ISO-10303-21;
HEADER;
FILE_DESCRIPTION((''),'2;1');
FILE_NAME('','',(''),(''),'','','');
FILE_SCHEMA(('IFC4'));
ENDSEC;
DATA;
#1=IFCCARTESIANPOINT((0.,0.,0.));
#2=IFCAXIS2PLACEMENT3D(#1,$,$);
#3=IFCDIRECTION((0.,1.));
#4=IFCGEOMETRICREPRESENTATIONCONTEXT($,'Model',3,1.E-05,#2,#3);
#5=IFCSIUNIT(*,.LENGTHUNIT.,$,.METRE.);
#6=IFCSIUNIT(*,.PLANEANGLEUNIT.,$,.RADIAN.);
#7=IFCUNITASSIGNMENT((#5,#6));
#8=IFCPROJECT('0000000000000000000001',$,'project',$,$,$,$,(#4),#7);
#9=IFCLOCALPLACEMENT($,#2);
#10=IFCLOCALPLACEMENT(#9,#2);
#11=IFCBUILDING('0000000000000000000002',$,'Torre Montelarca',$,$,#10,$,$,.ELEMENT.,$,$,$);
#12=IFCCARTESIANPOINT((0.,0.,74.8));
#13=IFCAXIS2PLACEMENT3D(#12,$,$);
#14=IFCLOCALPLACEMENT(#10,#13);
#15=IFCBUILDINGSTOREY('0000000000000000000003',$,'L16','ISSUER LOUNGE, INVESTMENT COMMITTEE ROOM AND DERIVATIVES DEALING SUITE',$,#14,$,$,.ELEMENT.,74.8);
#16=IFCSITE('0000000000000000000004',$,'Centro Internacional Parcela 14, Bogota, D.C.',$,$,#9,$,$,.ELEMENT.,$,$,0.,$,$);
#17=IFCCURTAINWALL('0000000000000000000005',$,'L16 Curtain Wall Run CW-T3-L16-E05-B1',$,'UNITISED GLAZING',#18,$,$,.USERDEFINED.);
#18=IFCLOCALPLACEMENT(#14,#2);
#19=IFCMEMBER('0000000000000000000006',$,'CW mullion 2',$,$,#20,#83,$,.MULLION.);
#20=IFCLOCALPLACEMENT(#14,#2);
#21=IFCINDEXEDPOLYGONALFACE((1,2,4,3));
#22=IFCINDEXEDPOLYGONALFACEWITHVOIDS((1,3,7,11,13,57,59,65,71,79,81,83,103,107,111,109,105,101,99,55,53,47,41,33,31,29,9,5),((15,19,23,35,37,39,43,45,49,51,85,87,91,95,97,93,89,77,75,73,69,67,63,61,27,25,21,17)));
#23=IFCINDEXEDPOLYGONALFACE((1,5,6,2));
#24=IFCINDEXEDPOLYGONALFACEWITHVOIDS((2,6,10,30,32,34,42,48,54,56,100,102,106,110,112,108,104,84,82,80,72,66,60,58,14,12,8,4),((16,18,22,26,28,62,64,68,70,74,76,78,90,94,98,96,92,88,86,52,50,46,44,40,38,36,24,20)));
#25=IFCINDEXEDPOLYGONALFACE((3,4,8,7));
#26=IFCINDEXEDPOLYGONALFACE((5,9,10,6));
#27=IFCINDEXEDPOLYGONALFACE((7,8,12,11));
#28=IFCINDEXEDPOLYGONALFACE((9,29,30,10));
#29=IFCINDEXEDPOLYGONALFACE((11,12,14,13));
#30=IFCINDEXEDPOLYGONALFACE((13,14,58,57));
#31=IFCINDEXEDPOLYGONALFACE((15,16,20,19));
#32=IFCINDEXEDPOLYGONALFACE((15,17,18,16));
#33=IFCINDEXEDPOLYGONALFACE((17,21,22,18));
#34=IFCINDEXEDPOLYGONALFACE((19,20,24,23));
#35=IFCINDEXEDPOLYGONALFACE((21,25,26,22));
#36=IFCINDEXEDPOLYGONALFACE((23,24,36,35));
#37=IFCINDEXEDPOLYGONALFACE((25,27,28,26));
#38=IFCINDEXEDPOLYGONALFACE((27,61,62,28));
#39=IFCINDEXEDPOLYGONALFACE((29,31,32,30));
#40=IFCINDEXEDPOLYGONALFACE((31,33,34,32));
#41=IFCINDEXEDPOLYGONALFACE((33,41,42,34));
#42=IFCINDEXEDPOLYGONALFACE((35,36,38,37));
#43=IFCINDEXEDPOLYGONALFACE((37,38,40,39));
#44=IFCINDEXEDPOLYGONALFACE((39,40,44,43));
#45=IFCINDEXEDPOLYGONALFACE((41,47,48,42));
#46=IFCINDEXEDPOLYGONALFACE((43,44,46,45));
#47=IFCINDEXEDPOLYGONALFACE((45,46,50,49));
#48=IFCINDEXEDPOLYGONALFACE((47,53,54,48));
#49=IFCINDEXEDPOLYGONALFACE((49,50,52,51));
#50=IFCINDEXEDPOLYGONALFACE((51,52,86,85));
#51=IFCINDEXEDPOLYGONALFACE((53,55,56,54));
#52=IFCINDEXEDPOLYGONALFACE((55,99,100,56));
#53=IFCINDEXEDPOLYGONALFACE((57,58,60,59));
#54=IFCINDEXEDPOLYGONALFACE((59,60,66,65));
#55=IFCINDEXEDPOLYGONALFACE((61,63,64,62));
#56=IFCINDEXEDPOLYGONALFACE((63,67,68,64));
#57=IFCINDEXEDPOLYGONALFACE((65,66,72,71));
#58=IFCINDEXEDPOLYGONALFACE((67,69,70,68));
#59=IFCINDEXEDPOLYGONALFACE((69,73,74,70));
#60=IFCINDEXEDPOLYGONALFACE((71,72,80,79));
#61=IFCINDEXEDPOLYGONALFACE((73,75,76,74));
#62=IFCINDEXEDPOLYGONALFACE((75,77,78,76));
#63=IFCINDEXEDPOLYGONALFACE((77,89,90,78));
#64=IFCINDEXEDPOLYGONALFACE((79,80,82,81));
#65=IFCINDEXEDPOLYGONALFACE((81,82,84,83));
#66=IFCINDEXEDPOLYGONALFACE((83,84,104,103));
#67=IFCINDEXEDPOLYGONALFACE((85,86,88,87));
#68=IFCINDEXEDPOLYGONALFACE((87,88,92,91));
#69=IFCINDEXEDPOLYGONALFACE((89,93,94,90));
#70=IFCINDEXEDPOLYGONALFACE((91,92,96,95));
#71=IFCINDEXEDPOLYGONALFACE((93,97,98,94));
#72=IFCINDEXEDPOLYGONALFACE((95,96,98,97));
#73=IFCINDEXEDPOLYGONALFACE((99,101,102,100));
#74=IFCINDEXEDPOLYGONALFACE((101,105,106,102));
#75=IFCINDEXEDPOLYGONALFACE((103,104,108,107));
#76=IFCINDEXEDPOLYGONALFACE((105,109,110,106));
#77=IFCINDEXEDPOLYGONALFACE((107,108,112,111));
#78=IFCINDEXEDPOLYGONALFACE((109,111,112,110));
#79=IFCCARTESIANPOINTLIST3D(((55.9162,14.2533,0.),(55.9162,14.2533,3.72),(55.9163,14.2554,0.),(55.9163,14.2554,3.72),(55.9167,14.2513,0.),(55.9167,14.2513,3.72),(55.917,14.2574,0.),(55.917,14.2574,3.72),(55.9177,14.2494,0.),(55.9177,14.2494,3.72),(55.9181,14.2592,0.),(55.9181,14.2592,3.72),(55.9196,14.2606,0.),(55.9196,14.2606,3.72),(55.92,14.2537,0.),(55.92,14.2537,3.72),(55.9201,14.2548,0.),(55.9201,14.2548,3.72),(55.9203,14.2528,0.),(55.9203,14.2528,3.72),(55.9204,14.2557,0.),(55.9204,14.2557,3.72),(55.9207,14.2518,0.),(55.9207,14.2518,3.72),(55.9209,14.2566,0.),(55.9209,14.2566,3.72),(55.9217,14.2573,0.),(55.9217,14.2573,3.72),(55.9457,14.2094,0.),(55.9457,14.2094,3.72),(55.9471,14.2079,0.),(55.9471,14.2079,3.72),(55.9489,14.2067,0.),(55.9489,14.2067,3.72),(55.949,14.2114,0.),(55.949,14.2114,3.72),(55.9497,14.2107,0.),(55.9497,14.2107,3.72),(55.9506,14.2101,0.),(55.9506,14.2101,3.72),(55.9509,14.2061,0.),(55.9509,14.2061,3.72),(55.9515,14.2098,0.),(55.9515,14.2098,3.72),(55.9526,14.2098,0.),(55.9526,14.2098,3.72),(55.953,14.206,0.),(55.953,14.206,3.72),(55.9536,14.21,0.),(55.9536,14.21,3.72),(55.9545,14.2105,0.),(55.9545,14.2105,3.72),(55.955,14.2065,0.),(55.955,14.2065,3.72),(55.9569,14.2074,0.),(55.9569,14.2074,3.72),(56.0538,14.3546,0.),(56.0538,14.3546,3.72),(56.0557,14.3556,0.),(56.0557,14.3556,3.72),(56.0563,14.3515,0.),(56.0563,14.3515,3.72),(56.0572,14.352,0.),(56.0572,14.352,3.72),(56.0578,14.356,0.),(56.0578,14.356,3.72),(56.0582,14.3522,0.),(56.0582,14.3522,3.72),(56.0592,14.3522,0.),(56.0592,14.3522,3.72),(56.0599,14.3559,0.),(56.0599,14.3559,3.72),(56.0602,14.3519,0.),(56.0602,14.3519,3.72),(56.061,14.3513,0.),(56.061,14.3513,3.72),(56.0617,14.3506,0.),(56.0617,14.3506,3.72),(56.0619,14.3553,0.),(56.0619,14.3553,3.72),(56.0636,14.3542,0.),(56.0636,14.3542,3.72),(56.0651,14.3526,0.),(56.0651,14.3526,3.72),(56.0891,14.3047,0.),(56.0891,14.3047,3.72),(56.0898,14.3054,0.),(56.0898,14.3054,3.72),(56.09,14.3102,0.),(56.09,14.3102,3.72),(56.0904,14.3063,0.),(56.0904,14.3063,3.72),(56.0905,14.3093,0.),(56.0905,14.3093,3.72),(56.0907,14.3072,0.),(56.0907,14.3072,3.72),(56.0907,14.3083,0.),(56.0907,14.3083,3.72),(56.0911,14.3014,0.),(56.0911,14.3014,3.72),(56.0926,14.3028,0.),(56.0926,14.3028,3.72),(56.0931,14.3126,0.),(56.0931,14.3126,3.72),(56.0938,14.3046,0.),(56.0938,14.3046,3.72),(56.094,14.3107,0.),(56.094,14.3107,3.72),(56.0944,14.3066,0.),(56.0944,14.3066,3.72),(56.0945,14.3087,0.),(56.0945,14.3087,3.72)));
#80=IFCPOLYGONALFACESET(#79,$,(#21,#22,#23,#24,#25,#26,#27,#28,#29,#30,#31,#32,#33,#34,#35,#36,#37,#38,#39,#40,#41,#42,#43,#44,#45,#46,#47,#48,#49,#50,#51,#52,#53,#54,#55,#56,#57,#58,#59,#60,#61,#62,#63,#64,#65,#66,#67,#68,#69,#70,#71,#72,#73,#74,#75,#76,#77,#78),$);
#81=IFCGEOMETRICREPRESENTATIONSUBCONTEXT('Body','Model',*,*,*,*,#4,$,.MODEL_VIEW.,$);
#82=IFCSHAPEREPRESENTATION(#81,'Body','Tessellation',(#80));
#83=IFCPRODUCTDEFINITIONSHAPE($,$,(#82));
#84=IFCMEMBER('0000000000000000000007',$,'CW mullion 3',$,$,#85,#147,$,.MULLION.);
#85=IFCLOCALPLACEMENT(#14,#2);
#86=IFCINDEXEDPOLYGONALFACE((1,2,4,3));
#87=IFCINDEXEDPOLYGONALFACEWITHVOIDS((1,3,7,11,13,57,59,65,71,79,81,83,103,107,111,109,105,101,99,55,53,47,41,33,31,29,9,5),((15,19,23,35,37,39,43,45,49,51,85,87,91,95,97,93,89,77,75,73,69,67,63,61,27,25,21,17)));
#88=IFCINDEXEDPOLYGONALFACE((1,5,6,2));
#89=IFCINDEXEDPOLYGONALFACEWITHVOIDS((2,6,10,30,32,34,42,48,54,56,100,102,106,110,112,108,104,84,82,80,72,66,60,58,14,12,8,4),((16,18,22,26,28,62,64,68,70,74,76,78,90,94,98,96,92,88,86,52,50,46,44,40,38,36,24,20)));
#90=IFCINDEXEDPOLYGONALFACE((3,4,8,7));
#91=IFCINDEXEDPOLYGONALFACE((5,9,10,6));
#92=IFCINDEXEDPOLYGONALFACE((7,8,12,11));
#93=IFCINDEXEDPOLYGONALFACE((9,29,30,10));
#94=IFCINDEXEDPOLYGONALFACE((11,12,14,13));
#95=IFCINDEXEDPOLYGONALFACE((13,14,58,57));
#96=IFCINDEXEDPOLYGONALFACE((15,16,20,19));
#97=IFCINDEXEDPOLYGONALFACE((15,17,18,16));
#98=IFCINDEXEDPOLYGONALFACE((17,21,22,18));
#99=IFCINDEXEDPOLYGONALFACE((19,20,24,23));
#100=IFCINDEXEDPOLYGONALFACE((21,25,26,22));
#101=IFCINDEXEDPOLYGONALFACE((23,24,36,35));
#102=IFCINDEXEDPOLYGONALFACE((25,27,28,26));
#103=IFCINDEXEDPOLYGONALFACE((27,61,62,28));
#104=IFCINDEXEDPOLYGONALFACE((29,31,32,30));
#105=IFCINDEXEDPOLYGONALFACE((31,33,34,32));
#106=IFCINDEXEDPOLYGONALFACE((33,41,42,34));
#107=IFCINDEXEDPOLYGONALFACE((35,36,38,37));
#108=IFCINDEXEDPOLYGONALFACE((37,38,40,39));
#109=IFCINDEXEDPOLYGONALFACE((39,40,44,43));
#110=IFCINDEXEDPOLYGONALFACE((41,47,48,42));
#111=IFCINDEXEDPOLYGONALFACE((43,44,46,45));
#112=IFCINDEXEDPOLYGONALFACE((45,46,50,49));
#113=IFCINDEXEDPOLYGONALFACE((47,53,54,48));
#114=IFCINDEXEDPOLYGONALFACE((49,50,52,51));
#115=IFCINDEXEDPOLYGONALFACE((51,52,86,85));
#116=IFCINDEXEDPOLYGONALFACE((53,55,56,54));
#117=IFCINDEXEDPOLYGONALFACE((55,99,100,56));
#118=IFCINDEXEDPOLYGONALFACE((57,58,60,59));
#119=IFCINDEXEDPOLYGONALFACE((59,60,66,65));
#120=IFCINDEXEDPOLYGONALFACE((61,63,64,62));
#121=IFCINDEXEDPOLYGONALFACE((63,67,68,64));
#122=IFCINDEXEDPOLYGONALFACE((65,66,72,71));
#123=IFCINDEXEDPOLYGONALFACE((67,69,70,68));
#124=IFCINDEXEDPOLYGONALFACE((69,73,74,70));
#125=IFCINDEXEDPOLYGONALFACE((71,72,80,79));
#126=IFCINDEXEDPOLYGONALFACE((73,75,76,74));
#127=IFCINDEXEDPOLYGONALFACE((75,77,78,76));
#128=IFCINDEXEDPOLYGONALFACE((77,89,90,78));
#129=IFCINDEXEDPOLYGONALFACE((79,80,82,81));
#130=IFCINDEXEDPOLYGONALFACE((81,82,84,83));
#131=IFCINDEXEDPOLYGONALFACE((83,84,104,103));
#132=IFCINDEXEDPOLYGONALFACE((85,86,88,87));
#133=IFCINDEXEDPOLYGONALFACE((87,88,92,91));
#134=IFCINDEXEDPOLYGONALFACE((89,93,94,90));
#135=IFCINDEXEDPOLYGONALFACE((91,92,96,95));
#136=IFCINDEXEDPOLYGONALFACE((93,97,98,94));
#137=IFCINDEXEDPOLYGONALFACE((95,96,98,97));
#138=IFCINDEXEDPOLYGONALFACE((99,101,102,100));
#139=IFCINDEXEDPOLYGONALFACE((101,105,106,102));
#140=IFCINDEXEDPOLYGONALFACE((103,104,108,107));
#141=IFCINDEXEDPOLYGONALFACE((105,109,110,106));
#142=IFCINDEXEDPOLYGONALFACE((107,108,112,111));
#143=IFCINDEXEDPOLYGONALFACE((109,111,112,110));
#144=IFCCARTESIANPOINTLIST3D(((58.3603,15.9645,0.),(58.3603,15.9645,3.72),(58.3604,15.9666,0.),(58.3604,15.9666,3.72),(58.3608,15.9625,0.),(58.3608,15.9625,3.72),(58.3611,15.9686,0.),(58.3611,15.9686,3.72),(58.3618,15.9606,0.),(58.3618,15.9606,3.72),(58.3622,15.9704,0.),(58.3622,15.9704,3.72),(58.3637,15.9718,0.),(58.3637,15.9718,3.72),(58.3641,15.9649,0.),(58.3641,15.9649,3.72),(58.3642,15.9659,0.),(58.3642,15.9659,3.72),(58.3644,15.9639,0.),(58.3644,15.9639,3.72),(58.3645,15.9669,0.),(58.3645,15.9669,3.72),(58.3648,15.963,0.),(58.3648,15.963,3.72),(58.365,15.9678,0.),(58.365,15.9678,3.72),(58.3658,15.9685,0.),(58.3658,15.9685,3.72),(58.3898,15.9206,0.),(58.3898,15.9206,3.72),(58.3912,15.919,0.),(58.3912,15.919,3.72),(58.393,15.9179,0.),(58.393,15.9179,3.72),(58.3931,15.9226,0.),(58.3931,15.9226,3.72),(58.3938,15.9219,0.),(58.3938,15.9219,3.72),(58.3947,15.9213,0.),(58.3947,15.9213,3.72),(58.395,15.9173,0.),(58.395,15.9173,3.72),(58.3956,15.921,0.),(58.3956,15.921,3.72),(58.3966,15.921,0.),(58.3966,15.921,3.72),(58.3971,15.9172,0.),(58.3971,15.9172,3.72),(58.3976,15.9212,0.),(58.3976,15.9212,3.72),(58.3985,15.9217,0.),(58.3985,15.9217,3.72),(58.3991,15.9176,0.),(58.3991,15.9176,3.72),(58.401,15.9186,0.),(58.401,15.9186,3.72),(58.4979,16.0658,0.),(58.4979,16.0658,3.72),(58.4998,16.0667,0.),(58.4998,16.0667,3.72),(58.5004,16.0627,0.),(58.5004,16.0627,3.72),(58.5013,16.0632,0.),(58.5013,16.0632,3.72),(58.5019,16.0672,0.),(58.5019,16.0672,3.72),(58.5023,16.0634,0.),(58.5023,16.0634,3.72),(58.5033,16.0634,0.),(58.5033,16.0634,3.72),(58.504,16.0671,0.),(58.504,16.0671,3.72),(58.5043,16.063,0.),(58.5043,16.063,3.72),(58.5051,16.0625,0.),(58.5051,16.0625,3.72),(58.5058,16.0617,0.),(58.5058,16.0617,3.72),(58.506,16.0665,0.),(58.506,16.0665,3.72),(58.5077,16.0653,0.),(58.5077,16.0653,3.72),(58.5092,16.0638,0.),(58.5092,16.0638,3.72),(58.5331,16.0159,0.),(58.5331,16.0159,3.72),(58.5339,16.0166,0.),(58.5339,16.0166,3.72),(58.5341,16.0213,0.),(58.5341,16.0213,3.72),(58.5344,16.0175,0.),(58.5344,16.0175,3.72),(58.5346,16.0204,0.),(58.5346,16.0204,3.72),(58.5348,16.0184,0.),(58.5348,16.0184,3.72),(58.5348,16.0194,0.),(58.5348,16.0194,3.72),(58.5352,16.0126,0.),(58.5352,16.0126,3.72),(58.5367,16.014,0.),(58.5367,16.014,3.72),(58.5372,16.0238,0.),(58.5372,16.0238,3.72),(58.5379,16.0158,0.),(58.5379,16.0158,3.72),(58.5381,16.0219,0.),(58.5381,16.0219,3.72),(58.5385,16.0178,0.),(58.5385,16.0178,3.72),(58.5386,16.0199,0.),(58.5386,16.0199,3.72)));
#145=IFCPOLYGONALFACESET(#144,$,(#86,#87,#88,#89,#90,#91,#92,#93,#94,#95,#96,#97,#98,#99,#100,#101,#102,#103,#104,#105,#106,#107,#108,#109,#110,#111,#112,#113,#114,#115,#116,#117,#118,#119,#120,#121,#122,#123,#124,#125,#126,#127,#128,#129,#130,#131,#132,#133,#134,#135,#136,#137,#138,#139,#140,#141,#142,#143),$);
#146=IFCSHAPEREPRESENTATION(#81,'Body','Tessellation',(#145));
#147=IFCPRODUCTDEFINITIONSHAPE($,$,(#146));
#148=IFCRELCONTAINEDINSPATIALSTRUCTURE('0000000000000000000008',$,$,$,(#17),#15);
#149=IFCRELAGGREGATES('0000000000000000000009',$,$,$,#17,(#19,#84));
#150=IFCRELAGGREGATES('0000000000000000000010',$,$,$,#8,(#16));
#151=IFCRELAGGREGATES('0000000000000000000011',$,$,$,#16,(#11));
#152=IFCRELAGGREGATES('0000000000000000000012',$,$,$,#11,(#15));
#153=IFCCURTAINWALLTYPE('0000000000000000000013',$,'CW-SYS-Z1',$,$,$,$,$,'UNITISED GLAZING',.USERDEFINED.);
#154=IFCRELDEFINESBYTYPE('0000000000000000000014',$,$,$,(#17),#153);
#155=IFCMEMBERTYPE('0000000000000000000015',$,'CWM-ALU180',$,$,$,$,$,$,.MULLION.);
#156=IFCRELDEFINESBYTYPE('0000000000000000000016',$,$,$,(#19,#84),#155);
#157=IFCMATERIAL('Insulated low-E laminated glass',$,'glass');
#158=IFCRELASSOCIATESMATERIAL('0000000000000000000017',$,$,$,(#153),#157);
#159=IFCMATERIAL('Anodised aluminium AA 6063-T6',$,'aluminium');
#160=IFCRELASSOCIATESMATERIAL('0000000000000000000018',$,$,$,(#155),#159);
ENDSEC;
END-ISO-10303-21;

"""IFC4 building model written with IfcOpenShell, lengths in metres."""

from ifc_helpers import new_model, si_unit, direction, frame, origin, origin_2d, place, context, subcontext, project, spatial, hollow_rectangle, extrude, source, transform, mapped, material, material_profile, profile_set, type_object, element, aggregate, save


model = new_model("IFC4")

# Units and contexts
model_context = context("Model", 3, precision=1e-05, world=origin(), true_north=direction((0.0, 1.0)))
body_context = subcontext(model_context, "Body", "Model", "MODEL_VIEW")
ifc_project = project(units=[si_unit("LENGTHUNIT", "METRE"), si_unit("PLANEANGLEUNIT", "RADIAN")], contexts=[model_context])

# Site, building, storey
site_placement = place(None, origin())
site = spatial("IfcSite", under=ifc_project, at=site_placement, Name="Centro Internacional Parcela 14, Bogota, D.C.", CompositionType="ELEMENT", RefElevation=0.0)
building_placement = place(site_placement, origin())
building = spatial("IfcBuilding", under=site, at=building_placement, Name="Torre Montelarca", CompositionType="ELEMENT")
storey_placement = place(building_placement, frame((0.0, 0.0, 74.8)))
storey = spatial("IfcBuildingStorey", under=building, at=storey_placement, Name="L16", Description="ISSUER LOUNGE, INVESTMENT COMMITTEE ROOM AND DERIVATIVES DEALING SUITE", CompositionType="ELEMENT", Elevation=74.8)

# Curtain wall
ifc_material_1 = material(Name="Insulated low-E laminated glass", Category="glass")
curtain_wall_type = type_object("IfcCurtainWallType", Name="CW-SYS-Z1", ElementType="UNITISED GLAZING", PredefinedType="USERDEFINED", material=ifc_material_1)
curtain_wall_1_placement = place(storey_placement, origin())
curtain_wall_1 = element("IfcCurtainWall", 1, at=curtain_wall_1_placement, inside=storey, type_object=curtain_wall_type, Name="L16 Curtain Wall Run CW-T3-L16-E05-B1", ObjectType="UNITISED GLAZING", PredefinedType="USERDEFINED")
ifc_material_2 = material(Name="Anodised aluminium AA 6063-T6", Category="aluminium")
ifc_material_profile_1 = material_profile(ifc_material_2, hollow_rectangle(XDim=0.0649, YDim=0.1799, WallThickness=0.0039, InnerFilletRadius=0.0039, OuterFilletRadius=0.0081, at=origin_2d()), Name="ALU65X180X4", Category="aluminium")
ifc_profile_set_1 = profile_set([ifc_material_profile_1], Name="Anodised aluminium AA 6063-T6")
member_type_1 = type_object("IfcMemberType", Name="CWM-ALU180", PredefinedType="MULLION", material=ifc_profile_set_1)
shared_shape_1 = source(origin(), body_context, "Body", "SweptSolid", [
    extrude(hollow_rectangle(XDim=0.0649, YDim=0.1799, WallThickness=0.0039, InnerFilletRadius=0.0039, OuterFilletRadius=0.0081, at=origin_2d()), origin(), (0.0, 0.0, 1.0), 3.72),
])

# Members
member_1_placement = place(storey_placement, frame((56.0054, 14.281, 0.0), z_axis=(0.0, 0.0, 1.0), x_axis=(-0.573546, 0.819174, 0.0)))
member_1 = element("IfcMember", 2, at=member_1_placement, type_object=member_type_1, Name="CW mullion 2", PredefinedType="MULLION", context=body_context, shape_type="MappedRepresentation", body=[
    mapped(shared_shape_1, transform((0.0, 0.0, 0.0), scale=1.0)),
])
member_2_placement = place(storey_placement, frame((58.4495, 15.9922, 0.0), z_axis=(0.0, 0.0, 1.0), x_axis=(-0.573546, 0.819174, 0.0)))
member_2 = element("IfcMember", 3, at=member_2_placement, type_object=member_type_1, Name="CW mullion 3", PredefinedType="MULLION", context=body_context, shape_type="MappedRepresentation", body=[
    mapped(shared_shape_1, transform((0.0, 0.0, 0.0), scale=1.0)),
])

aggregate(curtain_wall_1, [member_1, member_2])

save(model, "model.ifc")
